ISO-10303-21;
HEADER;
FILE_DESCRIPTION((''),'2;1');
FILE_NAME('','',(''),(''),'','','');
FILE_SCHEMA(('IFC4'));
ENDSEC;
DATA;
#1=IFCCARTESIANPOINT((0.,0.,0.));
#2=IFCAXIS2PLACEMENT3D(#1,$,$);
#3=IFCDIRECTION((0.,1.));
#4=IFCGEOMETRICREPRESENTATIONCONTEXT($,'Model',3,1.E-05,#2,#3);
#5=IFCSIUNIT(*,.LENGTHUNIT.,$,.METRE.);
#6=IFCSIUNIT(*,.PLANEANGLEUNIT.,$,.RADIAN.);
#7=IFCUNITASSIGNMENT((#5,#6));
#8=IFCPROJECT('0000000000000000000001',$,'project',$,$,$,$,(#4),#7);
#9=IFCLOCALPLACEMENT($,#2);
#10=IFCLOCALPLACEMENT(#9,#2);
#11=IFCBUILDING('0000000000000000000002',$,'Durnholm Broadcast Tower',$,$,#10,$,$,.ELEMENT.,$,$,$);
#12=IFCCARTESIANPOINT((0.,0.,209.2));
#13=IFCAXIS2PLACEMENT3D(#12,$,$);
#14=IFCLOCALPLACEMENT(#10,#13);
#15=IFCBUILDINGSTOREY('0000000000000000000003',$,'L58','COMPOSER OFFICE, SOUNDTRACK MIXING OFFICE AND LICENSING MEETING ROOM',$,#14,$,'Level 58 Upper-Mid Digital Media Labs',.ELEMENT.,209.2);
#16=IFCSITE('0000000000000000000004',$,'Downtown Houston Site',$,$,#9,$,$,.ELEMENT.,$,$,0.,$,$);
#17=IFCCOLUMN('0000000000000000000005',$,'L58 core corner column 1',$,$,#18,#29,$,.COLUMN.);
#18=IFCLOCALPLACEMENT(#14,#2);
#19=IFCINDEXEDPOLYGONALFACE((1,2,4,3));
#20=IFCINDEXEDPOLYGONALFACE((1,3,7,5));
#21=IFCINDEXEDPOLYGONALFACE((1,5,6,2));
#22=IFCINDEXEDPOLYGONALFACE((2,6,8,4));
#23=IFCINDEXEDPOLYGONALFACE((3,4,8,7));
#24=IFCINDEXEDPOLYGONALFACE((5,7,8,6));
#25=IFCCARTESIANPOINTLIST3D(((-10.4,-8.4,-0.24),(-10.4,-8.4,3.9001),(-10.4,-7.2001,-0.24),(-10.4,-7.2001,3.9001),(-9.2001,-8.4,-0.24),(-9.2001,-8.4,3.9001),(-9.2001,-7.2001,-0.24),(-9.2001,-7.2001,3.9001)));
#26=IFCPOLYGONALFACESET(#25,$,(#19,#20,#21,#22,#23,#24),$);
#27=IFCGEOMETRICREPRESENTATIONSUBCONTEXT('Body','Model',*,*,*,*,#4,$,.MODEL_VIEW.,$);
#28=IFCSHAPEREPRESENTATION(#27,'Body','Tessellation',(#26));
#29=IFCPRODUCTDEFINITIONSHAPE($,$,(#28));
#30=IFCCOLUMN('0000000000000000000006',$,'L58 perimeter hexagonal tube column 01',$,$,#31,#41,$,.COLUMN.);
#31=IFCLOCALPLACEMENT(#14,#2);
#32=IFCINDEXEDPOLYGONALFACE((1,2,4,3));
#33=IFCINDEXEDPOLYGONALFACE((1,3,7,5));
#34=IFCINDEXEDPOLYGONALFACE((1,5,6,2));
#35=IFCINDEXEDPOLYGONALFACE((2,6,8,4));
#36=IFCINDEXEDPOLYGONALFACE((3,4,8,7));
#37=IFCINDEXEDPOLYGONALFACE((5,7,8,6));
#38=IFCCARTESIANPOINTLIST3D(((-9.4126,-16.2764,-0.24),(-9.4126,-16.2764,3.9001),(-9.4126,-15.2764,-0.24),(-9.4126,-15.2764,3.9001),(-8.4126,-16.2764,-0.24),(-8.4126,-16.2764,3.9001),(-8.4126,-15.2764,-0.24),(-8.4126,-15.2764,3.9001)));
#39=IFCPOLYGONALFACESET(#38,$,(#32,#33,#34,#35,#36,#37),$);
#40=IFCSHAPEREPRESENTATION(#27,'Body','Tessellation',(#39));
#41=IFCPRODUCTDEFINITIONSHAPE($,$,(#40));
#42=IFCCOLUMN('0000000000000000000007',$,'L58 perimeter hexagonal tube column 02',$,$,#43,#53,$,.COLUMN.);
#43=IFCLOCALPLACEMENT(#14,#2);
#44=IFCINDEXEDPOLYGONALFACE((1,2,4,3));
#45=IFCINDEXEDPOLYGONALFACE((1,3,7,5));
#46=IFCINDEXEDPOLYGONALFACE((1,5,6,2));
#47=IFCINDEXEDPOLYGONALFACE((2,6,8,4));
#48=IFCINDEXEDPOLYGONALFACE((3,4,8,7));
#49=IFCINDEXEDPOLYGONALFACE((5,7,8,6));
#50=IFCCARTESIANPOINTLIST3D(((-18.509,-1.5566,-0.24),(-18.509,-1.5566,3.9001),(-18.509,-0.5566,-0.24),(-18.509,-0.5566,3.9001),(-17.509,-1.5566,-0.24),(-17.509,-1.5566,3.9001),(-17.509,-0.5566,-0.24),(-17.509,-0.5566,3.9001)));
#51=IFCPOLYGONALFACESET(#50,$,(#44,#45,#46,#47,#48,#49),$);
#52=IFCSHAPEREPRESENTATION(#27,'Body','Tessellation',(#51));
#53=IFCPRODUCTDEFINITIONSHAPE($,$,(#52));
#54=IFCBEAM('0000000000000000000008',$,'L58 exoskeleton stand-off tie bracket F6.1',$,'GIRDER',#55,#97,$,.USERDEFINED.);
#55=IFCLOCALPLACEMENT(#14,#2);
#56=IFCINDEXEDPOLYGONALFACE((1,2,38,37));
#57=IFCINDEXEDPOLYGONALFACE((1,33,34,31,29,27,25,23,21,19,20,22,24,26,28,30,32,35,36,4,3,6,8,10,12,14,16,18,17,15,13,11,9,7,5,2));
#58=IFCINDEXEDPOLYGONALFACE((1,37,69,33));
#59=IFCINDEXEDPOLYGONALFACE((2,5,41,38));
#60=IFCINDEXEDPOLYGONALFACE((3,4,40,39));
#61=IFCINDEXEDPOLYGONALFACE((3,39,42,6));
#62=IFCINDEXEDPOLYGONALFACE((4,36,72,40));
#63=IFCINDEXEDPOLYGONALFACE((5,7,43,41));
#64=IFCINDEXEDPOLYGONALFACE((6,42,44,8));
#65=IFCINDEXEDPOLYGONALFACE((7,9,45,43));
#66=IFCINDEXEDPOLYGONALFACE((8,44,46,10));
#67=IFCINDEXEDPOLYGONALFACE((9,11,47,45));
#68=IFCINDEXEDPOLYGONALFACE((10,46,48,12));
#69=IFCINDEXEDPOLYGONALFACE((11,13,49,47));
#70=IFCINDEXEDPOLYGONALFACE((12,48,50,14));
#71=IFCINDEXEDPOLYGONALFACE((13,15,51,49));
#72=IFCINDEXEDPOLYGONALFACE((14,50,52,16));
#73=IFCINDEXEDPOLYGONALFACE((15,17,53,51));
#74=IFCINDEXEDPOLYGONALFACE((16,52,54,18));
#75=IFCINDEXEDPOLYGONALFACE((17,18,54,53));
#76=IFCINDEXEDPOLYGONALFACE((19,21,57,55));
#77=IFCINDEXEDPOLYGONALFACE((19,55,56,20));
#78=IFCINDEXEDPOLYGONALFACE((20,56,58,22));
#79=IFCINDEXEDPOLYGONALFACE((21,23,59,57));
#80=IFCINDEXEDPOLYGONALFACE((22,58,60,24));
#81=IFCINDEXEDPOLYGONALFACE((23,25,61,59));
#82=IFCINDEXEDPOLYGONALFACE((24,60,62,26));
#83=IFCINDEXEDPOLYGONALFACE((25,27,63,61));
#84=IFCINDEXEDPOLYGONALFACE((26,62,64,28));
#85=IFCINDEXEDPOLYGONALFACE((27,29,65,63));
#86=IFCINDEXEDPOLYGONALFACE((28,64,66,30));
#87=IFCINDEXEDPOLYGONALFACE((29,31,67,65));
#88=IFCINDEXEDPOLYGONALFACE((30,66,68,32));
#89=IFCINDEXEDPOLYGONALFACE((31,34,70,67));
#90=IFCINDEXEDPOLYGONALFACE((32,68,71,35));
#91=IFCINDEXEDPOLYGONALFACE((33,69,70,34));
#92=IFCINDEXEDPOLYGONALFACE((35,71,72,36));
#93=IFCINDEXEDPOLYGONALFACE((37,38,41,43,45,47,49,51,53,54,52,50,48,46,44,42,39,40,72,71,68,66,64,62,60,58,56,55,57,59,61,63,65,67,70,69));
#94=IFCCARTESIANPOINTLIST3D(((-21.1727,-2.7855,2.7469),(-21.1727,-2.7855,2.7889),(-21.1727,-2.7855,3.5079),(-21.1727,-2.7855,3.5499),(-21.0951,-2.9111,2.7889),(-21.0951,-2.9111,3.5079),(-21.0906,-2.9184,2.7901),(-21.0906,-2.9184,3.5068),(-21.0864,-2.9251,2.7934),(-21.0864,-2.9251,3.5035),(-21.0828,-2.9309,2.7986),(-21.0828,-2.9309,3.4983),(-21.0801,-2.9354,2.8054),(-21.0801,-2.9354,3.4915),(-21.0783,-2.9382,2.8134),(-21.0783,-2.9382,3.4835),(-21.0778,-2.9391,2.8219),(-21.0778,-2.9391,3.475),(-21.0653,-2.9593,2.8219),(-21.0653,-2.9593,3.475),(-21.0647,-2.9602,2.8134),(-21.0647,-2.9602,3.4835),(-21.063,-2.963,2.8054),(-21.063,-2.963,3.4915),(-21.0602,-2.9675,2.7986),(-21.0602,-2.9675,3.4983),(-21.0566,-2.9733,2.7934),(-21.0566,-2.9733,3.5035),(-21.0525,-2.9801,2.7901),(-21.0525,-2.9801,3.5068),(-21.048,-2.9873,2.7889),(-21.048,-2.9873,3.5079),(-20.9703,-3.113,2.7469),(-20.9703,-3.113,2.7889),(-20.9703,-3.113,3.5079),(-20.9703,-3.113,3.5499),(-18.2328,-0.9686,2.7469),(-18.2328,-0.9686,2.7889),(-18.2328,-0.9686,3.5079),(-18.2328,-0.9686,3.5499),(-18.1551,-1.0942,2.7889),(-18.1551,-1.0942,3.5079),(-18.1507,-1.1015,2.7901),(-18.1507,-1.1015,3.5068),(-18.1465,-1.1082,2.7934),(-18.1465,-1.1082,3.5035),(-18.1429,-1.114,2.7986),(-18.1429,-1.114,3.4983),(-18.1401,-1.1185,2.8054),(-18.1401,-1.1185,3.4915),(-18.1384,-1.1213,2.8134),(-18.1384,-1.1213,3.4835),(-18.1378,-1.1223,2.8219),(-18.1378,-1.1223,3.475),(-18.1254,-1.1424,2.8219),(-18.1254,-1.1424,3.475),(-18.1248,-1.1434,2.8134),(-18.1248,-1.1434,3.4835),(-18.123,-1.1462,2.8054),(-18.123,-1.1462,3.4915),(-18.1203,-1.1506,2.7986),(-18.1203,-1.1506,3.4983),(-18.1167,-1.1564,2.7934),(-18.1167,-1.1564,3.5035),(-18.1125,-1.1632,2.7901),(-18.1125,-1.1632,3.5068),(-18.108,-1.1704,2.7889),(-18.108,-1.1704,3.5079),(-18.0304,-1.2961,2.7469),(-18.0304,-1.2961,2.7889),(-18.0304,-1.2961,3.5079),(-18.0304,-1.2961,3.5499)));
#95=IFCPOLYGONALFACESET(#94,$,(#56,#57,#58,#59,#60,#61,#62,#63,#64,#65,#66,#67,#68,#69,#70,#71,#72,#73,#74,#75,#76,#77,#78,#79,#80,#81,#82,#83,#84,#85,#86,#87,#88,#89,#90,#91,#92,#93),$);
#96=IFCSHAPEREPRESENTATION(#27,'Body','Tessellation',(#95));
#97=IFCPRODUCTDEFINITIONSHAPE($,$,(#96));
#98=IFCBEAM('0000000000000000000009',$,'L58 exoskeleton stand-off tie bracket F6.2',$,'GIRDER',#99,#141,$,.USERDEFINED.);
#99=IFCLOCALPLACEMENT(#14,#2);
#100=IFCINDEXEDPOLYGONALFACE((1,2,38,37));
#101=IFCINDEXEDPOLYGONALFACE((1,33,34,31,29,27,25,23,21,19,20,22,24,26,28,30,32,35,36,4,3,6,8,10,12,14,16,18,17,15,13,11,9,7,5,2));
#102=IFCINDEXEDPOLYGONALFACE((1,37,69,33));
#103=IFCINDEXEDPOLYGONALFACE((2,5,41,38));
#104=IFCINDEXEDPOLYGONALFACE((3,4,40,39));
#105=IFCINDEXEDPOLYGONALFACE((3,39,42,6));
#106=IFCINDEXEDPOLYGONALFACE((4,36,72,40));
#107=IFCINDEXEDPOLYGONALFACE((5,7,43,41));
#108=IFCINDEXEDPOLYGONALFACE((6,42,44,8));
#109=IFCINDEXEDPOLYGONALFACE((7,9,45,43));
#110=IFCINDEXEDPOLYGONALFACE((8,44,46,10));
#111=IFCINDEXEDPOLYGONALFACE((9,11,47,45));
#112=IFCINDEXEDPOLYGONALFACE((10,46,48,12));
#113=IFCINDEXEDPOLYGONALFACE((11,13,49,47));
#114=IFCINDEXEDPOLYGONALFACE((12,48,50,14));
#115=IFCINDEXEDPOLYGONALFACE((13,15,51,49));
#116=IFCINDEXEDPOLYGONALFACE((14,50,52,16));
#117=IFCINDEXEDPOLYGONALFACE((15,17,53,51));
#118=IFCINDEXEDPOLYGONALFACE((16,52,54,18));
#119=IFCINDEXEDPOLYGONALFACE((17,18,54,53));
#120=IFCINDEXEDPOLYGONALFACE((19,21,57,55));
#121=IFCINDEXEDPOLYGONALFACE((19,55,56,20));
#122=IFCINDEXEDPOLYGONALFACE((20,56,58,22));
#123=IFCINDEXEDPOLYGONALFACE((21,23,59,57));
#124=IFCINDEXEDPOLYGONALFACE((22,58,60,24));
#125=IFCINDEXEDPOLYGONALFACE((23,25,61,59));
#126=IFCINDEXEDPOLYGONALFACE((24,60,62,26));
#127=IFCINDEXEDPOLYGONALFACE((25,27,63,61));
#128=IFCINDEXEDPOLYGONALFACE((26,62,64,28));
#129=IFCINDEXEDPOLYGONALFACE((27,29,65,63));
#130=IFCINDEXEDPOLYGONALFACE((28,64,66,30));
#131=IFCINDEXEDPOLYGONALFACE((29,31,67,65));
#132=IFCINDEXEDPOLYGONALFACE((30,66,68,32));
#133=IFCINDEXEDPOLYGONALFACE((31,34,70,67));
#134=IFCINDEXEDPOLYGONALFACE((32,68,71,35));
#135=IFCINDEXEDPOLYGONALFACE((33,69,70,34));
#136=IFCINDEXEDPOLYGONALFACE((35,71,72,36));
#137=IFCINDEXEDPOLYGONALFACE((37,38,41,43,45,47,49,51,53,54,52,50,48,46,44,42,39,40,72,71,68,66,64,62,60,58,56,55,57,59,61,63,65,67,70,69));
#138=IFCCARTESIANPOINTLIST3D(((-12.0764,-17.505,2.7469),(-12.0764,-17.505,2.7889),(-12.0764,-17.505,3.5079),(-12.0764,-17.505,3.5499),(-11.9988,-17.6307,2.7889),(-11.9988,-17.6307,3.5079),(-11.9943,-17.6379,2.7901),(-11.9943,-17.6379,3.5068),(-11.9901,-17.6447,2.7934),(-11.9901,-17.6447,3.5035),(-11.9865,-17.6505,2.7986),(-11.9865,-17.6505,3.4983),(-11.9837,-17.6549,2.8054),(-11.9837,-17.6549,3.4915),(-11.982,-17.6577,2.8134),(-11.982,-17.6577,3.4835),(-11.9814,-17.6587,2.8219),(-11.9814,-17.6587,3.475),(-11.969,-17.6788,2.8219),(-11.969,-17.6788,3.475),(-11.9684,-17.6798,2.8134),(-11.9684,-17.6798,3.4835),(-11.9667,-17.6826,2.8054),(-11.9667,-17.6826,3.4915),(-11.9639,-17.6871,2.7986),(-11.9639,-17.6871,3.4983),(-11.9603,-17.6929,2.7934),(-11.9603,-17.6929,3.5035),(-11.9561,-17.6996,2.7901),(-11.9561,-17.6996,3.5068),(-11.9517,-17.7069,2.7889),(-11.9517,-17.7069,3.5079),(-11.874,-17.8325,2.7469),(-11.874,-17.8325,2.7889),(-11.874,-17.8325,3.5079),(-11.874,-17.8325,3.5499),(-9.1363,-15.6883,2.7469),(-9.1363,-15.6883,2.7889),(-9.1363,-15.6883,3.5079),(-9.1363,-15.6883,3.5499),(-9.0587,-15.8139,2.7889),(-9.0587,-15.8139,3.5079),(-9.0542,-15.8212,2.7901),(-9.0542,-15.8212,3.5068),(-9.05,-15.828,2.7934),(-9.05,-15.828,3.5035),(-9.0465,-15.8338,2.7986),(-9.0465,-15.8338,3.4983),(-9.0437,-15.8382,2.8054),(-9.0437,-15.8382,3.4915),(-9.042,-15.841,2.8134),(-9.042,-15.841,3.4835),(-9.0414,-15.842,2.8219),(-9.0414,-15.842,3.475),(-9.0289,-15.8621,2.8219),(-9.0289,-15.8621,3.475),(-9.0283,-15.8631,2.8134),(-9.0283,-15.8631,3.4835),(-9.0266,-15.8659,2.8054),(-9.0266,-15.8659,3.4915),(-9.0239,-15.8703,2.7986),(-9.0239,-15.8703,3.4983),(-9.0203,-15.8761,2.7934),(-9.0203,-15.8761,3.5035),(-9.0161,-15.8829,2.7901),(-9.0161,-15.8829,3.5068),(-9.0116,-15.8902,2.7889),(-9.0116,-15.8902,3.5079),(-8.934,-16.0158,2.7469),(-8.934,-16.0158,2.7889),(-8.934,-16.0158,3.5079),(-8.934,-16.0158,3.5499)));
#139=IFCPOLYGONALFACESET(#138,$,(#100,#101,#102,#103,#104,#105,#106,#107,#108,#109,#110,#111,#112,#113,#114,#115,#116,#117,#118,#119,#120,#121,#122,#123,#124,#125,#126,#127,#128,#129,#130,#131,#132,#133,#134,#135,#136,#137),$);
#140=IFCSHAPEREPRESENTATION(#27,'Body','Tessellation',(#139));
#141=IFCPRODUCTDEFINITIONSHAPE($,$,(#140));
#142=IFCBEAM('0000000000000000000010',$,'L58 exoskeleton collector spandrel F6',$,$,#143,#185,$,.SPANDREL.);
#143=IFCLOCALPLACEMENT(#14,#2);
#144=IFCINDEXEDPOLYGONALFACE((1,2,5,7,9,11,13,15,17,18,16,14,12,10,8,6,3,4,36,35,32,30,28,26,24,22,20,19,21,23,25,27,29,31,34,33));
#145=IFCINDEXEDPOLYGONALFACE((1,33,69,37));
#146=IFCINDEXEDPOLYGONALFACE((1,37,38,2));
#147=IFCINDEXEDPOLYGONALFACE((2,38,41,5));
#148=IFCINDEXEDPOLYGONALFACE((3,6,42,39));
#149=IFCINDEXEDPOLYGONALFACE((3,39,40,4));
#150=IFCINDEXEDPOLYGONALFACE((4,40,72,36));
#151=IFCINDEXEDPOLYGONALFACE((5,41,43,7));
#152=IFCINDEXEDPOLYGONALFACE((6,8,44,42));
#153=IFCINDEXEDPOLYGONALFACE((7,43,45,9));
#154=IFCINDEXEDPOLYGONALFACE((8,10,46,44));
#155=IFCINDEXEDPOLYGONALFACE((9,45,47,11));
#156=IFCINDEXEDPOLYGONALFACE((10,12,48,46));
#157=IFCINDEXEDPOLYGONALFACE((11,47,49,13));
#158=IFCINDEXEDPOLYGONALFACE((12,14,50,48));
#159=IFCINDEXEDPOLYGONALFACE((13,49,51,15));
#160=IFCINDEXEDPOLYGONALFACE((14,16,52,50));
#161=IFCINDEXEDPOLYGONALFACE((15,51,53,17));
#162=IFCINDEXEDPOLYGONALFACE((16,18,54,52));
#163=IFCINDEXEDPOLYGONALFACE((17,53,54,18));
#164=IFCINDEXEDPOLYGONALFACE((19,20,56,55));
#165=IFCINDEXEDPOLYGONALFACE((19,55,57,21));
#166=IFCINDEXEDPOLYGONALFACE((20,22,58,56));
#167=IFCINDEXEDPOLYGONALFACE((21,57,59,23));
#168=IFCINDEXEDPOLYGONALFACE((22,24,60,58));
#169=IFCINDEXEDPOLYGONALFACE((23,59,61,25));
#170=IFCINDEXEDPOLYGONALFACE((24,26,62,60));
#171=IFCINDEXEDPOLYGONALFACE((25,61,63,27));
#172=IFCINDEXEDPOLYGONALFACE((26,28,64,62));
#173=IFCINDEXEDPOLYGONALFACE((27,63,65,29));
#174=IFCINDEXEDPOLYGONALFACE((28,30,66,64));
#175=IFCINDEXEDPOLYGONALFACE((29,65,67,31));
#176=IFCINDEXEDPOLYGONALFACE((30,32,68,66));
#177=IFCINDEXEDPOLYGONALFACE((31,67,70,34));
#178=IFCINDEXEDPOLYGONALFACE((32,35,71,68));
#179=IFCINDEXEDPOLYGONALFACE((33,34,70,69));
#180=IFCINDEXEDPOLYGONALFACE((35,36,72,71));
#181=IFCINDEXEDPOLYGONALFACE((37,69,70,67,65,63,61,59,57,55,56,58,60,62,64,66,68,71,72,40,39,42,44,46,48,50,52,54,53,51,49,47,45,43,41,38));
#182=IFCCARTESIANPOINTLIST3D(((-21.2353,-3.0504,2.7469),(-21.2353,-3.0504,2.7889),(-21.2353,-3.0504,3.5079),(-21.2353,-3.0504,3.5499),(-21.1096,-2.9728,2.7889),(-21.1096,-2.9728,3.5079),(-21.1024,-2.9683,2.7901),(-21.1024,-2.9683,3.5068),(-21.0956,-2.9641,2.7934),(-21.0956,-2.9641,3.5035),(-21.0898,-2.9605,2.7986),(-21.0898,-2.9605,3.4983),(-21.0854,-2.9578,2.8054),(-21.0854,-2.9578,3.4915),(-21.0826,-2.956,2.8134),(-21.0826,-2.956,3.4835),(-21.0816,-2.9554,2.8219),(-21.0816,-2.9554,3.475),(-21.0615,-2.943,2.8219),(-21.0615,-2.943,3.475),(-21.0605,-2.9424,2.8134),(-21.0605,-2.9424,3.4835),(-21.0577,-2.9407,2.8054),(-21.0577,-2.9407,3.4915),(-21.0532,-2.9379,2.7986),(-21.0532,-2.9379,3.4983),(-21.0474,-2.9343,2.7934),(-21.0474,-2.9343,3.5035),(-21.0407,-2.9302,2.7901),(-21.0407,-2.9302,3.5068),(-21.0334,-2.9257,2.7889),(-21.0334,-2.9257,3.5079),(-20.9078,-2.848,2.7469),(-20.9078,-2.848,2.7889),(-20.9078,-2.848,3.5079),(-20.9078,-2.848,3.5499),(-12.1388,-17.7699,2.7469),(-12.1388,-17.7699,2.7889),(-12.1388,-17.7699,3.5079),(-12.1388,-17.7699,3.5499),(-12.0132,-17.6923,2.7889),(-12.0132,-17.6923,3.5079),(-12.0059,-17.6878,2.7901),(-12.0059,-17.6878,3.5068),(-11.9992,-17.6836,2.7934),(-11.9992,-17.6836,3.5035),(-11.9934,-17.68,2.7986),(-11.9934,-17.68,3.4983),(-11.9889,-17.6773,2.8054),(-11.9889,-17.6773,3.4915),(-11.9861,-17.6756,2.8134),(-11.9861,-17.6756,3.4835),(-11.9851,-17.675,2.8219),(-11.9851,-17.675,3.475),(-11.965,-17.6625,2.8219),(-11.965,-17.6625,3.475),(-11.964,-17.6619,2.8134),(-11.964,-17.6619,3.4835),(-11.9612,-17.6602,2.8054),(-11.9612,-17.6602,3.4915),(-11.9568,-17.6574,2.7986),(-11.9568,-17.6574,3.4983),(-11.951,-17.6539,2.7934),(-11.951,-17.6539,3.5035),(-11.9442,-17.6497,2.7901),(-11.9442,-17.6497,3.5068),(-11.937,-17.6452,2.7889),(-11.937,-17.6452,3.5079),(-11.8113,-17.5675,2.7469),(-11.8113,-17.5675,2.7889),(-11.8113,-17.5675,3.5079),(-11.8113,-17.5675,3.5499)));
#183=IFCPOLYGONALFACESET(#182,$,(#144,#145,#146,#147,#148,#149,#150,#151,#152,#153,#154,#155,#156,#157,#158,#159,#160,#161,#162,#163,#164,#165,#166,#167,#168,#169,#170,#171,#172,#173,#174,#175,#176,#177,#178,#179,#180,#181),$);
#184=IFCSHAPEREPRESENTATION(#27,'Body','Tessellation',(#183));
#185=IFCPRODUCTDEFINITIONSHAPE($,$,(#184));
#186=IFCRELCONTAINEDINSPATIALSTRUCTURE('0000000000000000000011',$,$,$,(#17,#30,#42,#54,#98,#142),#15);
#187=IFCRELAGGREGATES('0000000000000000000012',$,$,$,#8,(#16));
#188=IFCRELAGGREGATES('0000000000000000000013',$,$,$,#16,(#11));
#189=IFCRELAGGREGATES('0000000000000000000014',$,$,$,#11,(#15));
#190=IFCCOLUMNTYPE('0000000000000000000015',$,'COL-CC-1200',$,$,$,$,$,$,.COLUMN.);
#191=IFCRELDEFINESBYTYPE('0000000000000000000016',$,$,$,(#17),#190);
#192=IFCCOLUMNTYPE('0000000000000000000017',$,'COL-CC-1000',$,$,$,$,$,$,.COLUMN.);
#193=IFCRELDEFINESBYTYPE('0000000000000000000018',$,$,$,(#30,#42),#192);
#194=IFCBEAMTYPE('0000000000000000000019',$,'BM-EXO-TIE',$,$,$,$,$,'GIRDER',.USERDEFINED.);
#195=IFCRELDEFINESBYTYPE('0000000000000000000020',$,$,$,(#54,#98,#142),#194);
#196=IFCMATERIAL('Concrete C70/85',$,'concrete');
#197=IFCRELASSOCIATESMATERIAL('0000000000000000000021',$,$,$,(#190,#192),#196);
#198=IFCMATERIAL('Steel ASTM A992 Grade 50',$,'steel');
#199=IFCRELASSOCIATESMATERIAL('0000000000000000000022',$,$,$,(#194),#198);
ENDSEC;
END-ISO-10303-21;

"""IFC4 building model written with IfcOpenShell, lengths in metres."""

from ifc_helpers import new_model, si_unit, direction, frame, origin, origin_2d, place, context, subcontext, project, spatial, rectangle, i_section, extrude, source, transform, mapped, material, material_profile, profile_set, type_object, type_shapes, element, save


model = new_model("IFC4")

# Units and contexts
model_context = context("Model", 3, precision=1e-05, world=origin(), true_north=direction((0.0, 1.0)))
body_context = subcontext(model_context, "Body", "Model", "MODEL_VIEW")
ifc_project = project(units=[si_unit("LENGTHUNIT", "METRE"), si_unit("PLANEANGLEUNIT", "RADIAN")], contexts=[model_context])

# Site, building, storey
site_placement = place(None, origin())
site = spatial("IfcSite", under=ifc_project, at=site_placement, Name="Downtown Houston Site", CompositionType="ELEMENT", RefElevation=0.0)
building_placement = place(site_placement, origin())
building = spatial("IfcBuilding", under=site, at=building_placement, Name="Durnholm Broadcast Tower", CompositionType="ELEMENT")
storey_placement = place(building_placement, frame((0.0, 0.0, 209.2)))
storey = spatial("IfcBuildingStorey", under=building, at=storey_placement, Name="L58", Description="COMPOSER OFFICE, SOUNDTRACK MIXING OFFICE AND LICENSING MEETING ROOM", LongName="Level 58 Upper-Mid Digital Media Labs", CompositionType="ELEMENT", Elevation=209.2)

# Columns
ifc_material_1 = material(Name="Concrete C70/85", Category="concrete")
ifc_material_profile_1 = material_profile(ifc_material_1, rectangle(XDim=1.2, YDim=1.2, at=origin_2d()), Name="RC1200X1200")
ifc_profile_set_1 = profile_set([ifc_material_profile_1], Name="Concrete C70/85")
column_type_1 = type_object("IfcColumnType", Name="COL-CC-1200", PredefinedType="COLUMN", material=ifc_profile_set_1)
shared_shape_1 = source(origin(), body_context, "Body", "SweptSolid", [
    extrude(rectangle(XDim=1.2, YDim=1.2, at=origin_2d()), origin(), (0.0, 0.0, 1.0), 4.1401),
])
type_shapes(column_type_1, [shared_shape_1])
column_placement = place(storey_placement, frame((-9.8, -7.8, -0.24), z_axis=(0.0, 0.0, 1.0), x_axis=(1.0, 0.0, 0.0)))
element("IfcColumn", 1, at=column_placement, inside=storey, type_object=column_type_1, Name="L58 core corner column 1", PredefinedType="COLUMN", context=body_context, shape_type="MappedRepresentation", body=[
    mapped(shared_shape_1, transform((0.0, 0.0, 0.0), x_axis=(1.0, 0.0, 0.0), y_axis=(0.0, 1.0, 0.0), z_axis=(0.0, 0.0, 1.0), scale=1.0)),
])
ifc_material_profile_2 = material_profile(ifc_material_1, rectangle(XDim=1.0, YDim=1.0, at=origin_2d()), Name="RC1000X1000")
ifc_profile_set_2 = profile_set([ifc_material_profile_2], Name="Concrete C70/85")
column_type_2 = type_object("IfcColumnType", Name="COL-CC-1000", PredefinedType="COLUMN", material=ifc_profile_set_2)
shared_shape_2 = source(origin(), body_context, "Body", "SweptSolid", [
    extrude(rectangle(XDim=1.0, YDim=1.0, at=origin_2d()), origin(), (0.0, 0.0, 1.0), 4.1401),
])
type_shapes(column_type_2, [shared_shape_2])
for number, where, z_axis, x_axis, name in (
    (2, (-8.9126, -15.7764, -0.24), (0.0, 0.0, 1.0), (1.0, 0.0, 0.0), "L58 perimeter hexagonal tube column 01"),
    (3, (-18.009, -1.0566, -0.24), (0.0, 0.0, 1.0), (1.0, 0.0, 0.0), "L58 perimeter hexagonal tube column 02"),
):
    element("IfcColumn", number, at=place(storey_placement, frame(where, z_axis=z_axis, x_axis=x_axis)), inside=storey, type_object=column_type_2, Name=name, PredefinedType="COLUMN", context=body_context, shape_type="MappedRepresentation", body=[
        mapped(shared_shape_2, transform((0.0, 0.0, 0.0), x_axis=(1.0, 0.0, 0.0), y_axis=(0.0, 1.0, 0.0), z_axis=(0.0, 0.0, 1.0), scale=1.0)),
    ])

# Beams
ifc_material_2 = material(Name="Steel ASTM A992 Grade 50", Category="steel")
ifc_material_profile_3 = material_profile(ifc_material_2, i_section(OverallWidth=0.385, OverallDepth=0.803, WebThickness=0.0237, FlangeThickness=0.042, FilletRadius=0.033, at=origin_2d()), Name="W30X261")
ifc_profile_set_3 = profile_set([ifc_material_profile_3], Name="Steel ASTM A992 Grade 50")
beam_type_1 = type_object("IfcBeamType", Name="BM-EXO-TIE", ElementType="GIRDER", PredefinedType="USERDEFINED", material=ifc_profile_set_3)
shared_shape_3 = source(origin(), body_context, "Body", "SweptSolid", [
    extrude(i_section(OverallWidth=0.385, OverallDepth=0.803, WebThickness=0.0237, FlangeThickness=0.042, FilletRadius=0.033, at=origin_2d()), origin(), (0.0, 0.0, 1.0), 3.4561),
])
for number, where, z_axis, x_axis, name in (
    (4, (-18.1316, -1.1323, 3.1484), (-0.850662, -0.525712, 0.0), (0.525712, -0.850662, 0.0), "L58 exoskeleton stand-off tie bracket F6.1"),
    (5, (-9.0352, -15.8521, 3.1484), (-0.850694, -0.525661, 0.0), (0.525661, -0.850694, 0.0), "L58 exoskeleton stand-off tie bracket F6.2"),
):
    element("IfcBeam", number, at=place(storey_placement, frame(where, z_axis=z_axis, x_axis=x_axis)), inside=storey, type_object=beam_type_1, Name=name, ObjectType="GIRDER", PredefinedType="USERDEFINED", context=body_context, shape_type="MappedRepresentation", body=[
        mapped(shared_shape_3, transform((0.0, 0.0, 0.0), x_axis=(1.0, 0.0, 0.0), y_axis=(0.0, 1.0, 0.0), z_axis=(0.0, 0.0, 1.0), scale=1.0)),
    ])
shared_shape_4 = source(origin(), body_context, "Body", "SweptSolid", [
    extrude(i_section(OverallWidth=0.385, OverallDepth=0.803, WebThickness=0.0237, FlangeThickness=0.042, FilletRadius=0.033, at=origin_2d()), origin(), (0.0, 0.0, 1.0), 17.3035),
])
type_shapes(beam_type_1, [shared_shape_3, shared_shape_4])
beam_1_placement = place(storey_placement, frame((-21.0715, -2.9492, 3.1484), z_axis=(0.525702, -0.850669, 0.0), x_axis=(0.850669, 0.525702, 0.0)))
element("IfcBeam", 6, at=beam_1_placement, inside=storey, type_object=beam_type_1, Name="L58 exoskeleton collector spandrel F6", PredefinedType="SPANDREL", context=body_context, shape_type="MappedRepresentation", body=[
    mapped(shared_shape_4, transform((0.0, 0.0, 0.0), x_axis=(1.0, 0.0, 0.0), y_axis=(0.0, 1.0, 0.0), z_axis=(0.0, 0.0, 1.0), scale=1.0)),
])

save(model, "model.ifc")
